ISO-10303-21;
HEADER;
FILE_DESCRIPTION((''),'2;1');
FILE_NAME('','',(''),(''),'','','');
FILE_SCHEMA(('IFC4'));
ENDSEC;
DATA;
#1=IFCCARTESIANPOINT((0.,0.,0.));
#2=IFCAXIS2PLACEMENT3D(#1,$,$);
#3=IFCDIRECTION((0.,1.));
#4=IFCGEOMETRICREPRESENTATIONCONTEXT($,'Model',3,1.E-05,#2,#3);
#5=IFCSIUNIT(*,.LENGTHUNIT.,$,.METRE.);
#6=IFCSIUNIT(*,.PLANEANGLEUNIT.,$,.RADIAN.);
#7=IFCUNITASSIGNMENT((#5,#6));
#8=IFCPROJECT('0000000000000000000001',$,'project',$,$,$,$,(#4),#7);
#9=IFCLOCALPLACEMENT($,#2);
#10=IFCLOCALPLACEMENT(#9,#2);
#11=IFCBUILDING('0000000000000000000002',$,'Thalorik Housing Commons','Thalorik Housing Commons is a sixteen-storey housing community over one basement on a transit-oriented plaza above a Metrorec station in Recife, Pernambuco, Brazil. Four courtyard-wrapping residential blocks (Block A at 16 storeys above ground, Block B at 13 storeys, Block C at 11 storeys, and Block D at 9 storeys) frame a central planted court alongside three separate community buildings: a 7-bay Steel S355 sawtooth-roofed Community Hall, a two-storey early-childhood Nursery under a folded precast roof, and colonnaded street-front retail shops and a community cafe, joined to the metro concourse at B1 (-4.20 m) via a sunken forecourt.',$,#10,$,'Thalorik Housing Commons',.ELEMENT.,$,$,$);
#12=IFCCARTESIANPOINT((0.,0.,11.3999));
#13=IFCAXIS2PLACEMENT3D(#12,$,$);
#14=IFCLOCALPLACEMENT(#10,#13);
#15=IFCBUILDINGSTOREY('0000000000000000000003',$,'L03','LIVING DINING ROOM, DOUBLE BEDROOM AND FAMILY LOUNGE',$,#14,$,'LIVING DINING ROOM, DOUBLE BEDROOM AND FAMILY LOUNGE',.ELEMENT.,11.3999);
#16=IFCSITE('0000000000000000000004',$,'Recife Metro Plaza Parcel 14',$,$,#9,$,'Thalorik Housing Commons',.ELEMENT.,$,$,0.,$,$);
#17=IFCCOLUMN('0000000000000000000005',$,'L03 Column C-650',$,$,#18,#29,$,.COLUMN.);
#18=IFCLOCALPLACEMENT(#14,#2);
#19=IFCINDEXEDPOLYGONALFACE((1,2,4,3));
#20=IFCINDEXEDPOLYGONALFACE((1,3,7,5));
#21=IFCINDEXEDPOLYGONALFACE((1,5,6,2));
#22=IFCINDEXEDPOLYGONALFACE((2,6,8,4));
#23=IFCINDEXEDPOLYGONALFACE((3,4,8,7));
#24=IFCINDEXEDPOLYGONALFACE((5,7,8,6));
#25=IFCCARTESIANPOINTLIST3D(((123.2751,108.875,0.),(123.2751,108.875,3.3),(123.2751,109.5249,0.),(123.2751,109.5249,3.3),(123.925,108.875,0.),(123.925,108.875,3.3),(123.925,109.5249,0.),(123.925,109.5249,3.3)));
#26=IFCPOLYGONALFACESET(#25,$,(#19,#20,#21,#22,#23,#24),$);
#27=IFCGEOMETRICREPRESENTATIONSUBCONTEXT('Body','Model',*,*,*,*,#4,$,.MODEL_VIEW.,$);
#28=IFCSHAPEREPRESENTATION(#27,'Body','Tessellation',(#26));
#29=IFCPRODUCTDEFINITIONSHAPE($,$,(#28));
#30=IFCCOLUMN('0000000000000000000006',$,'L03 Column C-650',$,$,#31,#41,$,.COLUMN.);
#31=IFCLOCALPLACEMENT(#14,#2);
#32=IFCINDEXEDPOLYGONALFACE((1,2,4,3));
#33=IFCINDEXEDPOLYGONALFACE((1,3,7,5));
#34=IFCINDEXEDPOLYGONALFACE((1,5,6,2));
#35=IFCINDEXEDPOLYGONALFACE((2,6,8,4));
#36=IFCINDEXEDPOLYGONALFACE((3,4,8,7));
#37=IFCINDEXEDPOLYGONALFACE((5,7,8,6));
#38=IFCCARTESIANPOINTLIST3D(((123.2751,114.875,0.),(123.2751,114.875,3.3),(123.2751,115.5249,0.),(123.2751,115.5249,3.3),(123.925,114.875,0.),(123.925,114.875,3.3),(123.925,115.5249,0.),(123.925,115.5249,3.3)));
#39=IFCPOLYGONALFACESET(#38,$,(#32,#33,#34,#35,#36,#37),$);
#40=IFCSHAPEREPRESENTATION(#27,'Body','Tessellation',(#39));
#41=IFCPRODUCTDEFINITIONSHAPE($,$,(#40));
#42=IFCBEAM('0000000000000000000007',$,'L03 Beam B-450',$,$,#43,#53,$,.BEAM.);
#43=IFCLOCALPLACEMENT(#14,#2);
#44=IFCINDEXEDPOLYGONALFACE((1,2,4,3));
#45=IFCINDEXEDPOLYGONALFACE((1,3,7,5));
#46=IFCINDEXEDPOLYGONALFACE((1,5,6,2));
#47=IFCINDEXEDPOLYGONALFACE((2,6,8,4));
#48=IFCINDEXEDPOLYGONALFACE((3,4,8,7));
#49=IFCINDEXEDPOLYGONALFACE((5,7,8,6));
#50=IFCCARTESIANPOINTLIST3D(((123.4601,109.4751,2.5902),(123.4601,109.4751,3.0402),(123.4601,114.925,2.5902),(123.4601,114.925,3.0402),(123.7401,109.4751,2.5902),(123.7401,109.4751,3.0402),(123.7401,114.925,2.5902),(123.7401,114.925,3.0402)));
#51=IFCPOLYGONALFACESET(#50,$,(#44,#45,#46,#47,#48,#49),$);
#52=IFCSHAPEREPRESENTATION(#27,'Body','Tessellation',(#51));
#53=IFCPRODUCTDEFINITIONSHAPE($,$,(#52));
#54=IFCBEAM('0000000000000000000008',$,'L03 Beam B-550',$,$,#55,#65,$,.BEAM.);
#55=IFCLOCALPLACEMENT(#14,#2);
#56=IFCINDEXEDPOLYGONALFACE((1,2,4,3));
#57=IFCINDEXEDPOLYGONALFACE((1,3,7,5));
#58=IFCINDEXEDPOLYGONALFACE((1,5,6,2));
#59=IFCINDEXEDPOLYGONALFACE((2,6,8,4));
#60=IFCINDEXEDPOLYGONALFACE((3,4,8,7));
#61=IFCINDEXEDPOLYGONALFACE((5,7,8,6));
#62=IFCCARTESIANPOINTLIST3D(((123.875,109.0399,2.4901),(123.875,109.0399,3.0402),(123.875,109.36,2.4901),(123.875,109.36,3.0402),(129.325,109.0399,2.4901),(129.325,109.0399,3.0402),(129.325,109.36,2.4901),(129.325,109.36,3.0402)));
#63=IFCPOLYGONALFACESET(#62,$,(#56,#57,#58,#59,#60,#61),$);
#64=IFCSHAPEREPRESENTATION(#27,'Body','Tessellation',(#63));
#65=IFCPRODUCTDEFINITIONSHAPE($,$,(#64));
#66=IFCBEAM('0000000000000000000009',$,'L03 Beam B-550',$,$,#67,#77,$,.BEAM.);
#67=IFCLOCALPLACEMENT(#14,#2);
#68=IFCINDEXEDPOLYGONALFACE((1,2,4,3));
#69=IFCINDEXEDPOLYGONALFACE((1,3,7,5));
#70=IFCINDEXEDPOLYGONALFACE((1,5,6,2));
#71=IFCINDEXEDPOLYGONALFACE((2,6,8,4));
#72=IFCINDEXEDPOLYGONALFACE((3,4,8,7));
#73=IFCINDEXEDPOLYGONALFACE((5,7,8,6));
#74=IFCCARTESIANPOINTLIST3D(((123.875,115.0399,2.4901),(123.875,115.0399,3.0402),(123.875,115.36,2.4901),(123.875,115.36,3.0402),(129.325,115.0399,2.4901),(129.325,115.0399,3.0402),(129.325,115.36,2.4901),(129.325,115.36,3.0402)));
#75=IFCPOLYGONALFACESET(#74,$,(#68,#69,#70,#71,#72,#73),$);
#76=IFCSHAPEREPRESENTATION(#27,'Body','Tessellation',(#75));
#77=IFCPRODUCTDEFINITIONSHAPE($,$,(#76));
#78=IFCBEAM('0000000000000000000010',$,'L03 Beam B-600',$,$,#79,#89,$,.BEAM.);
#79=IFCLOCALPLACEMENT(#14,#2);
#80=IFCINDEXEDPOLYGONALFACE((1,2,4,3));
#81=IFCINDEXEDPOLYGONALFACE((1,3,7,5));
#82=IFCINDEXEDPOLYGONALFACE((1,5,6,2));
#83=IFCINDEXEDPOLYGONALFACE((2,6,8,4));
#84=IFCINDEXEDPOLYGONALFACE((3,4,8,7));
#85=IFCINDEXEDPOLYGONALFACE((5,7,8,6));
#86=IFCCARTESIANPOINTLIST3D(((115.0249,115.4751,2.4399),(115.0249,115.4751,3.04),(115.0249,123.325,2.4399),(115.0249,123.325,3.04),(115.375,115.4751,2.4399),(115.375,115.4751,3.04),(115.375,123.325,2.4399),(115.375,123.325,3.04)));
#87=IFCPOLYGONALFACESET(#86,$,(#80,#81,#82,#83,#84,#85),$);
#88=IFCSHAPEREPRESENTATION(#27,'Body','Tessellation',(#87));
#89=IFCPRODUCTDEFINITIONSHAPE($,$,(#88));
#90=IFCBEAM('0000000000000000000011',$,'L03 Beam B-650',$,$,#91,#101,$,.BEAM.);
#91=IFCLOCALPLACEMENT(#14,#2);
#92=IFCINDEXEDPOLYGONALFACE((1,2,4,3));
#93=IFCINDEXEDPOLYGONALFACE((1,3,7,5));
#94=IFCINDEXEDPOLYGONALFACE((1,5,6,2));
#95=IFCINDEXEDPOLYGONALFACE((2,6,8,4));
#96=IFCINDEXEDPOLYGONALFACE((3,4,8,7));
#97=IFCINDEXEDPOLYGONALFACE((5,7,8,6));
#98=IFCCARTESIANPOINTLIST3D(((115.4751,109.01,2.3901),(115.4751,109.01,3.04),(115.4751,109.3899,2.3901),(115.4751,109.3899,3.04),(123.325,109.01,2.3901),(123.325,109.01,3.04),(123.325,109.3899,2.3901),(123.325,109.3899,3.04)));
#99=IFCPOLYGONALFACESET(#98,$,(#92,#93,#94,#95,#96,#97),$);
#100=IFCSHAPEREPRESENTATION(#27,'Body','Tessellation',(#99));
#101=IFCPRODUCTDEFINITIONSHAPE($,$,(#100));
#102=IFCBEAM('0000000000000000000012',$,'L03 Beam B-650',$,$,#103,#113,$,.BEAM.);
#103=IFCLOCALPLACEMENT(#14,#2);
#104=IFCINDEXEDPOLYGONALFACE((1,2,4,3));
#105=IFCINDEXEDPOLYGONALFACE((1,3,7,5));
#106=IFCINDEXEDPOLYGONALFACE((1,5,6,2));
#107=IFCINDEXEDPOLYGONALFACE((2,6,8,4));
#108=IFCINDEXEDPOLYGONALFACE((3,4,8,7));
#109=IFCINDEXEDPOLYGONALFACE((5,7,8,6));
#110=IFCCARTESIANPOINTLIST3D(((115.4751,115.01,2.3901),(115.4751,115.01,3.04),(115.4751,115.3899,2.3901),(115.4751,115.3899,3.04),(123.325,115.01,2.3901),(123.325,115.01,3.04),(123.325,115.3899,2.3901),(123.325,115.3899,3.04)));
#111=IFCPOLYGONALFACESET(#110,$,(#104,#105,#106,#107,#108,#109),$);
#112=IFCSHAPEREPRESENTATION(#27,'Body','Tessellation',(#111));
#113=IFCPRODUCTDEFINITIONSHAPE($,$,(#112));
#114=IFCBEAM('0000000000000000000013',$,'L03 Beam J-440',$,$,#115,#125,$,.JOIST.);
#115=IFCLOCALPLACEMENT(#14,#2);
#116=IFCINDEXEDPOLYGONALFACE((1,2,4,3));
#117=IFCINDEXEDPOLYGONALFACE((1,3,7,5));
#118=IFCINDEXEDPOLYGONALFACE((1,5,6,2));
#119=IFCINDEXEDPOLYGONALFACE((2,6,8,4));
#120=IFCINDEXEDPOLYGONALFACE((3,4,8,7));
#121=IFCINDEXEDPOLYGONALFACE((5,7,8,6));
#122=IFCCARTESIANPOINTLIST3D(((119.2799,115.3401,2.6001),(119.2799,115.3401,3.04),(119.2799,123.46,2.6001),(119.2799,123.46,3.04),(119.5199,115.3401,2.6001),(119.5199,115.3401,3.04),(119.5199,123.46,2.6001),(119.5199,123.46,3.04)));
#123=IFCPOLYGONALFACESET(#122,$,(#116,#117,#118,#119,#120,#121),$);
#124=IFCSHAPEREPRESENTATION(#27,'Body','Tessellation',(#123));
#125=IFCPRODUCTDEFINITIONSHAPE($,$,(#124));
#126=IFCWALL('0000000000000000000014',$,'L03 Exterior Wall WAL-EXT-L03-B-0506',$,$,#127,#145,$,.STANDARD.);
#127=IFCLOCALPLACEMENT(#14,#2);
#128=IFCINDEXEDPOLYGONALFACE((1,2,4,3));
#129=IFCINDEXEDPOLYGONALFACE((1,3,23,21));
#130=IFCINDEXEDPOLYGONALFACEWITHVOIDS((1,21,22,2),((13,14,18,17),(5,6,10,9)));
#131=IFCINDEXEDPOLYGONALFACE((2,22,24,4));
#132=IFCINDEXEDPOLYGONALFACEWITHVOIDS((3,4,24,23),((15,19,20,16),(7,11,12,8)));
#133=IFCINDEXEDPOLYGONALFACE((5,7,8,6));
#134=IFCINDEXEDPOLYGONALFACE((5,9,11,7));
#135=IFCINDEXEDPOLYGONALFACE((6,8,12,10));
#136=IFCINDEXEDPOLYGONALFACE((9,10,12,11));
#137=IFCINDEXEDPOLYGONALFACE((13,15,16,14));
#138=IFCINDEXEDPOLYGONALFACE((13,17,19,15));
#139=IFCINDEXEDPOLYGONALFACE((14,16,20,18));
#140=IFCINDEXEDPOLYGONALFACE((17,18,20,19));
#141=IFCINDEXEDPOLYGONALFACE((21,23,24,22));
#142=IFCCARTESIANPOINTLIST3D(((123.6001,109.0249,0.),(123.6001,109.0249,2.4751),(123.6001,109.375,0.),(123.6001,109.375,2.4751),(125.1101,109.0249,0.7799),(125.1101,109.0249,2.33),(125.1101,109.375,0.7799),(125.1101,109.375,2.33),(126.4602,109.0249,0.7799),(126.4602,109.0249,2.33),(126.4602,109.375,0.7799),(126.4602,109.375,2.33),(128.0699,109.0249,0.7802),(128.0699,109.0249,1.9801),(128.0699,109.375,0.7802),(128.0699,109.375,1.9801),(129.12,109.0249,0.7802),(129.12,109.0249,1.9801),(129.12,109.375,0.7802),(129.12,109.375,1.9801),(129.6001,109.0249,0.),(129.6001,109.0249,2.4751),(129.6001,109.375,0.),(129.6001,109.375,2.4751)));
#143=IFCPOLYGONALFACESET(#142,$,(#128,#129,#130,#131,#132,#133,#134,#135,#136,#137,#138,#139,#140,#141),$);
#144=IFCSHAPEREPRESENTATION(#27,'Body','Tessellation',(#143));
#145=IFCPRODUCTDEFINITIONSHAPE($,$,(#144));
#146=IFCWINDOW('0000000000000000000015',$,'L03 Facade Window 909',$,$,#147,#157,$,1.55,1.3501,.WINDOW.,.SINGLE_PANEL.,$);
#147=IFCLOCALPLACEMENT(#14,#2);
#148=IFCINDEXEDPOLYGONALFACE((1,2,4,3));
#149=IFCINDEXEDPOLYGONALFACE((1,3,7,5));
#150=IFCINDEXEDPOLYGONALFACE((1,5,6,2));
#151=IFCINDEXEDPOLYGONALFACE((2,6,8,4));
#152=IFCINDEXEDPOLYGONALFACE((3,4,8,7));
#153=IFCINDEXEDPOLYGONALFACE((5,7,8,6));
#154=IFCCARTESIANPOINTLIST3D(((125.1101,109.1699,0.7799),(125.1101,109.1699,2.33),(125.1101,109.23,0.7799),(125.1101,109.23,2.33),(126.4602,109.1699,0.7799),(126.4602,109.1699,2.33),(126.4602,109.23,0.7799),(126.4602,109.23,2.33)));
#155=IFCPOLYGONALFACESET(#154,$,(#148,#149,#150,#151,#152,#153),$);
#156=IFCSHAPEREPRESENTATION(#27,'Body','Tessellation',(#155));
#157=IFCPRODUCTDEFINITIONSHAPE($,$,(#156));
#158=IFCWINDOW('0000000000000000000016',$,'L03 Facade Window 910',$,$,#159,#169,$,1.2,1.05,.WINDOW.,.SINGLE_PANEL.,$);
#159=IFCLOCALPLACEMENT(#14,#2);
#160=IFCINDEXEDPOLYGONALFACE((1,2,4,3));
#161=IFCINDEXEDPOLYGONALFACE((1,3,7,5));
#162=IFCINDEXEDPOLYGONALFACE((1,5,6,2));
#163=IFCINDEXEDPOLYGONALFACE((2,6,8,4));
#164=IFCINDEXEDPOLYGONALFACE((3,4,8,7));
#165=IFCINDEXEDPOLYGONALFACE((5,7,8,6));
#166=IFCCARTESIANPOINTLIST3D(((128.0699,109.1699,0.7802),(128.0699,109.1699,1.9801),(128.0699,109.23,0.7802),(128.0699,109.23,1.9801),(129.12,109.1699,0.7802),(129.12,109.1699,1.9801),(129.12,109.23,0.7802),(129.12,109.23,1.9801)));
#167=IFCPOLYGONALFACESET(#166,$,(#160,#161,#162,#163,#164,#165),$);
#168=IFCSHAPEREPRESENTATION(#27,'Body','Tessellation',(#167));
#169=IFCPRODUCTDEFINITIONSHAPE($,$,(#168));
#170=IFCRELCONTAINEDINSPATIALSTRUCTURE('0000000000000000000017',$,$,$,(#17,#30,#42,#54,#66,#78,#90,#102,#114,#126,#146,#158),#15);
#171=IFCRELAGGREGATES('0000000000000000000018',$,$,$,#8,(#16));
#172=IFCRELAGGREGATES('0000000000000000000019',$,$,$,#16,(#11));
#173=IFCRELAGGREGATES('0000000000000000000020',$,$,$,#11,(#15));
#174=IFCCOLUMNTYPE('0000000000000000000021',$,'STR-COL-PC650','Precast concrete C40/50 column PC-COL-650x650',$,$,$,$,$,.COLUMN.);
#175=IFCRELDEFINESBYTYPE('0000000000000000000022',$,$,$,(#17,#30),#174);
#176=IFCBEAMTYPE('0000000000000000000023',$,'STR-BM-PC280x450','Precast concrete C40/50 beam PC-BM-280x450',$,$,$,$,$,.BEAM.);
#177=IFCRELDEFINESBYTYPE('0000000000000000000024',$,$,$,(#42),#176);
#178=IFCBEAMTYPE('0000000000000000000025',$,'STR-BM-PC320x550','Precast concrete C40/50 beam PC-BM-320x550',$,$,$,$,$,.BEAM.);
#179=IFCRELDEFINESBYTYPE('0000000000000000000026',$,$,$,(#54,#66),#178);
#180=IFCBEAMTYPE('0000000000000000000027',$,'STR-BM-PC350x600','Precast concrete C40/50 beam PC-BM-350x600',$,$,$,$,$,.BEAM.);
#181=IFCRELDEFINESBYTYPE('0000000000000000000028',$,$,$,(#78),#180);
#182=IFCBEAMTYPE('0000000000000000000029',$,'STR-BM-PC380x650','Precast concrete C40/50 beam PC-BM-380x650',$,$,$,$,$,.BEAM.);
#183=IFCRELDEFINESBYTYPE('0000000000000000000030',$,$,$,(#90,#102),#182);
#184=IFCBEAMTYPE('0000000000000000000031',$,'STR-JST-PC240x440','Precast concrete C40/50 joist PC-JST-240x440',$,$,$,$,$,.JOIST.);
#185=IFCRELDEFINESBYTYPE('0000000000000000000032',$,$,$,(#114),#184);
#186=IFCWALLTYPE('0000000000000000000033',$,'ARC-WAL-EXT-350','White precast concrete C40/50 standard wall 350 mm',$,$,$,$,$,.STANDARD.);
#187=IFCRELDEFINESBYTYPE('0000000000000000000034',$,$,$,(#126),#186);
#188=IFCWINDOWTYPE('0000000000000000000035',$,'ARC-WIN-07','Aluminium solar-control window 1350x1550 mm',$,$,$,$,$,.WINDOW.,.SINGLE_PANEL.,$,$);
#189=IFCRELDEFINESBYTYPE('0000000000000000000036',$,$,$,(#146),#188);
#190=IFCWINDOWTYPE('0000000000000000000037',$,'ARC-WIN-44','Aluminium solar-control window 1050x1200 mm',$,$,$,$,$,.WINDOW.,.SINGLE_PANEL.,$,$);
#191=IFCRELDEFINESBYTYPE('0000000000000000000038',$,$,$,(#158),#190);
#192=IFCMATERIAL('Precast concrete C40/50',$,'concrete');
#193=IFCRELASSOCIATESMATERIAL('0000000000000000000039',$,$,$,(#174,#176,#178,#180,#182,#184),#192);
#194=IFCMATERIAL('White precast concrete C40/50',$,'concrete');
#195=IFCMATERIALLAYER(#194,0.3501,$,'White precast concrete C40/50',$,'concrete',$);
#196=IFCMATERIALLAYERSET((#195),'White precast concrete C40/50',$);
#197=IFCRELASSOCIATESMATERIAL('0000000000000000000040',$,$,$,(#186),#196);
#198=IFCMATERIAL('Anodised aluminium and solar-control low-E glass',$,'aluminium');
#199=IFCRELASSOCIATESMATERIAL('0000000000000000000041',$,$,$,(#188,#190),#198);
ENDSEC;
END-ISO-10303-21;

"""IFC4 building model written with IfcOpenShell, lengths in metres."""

from ifc_helpers import new_model, si_unit, direction, frame, frame_2d, origin, origin_2d, place, context, subcontext, project, spatial, rectangle, extrude, material, layer, layer_set, material_profile, profile_set, type_object, element, fill, save


model = new_model("IFC4")

# Units and contexts
model_context = context("Model", 3, precision=1e-05, world=origin(), true_north=direction((0.0, 1.0)))
body_context = subcontext(model_context, "Body", "Model", "MODEL_VIEW")
ifc_project = project(units=[si_unit("LENGTHUNIT", "METRE"), si_unit("PLANEANGLEUNIT", "RADIAN")], contexts=[model_context])

# Site, building, storey
site_placement = place(None, origin())
site = spatial("IfcSite", under=ifc_project, at=site_placement, Name="Recife Metro Plaza Parcel 14", LongName="Thalorik Housing Commons", CompositionType="ELEMENT", RefElevation=0.0)
building_placement = place(site_placement, origin())
building = spatial("IfcBuilding", under=site, at=building_placement, Name="Thalorik Housing Commons", Description="Thalorik Housing Commons is a sixteen-storey housing community over one basement on a transit-oriented plaza above a Metrorec station in Recife, Pernambuco, Brazil. Four courtyard-wrapping residential blocks (Block A at 16 storeys above ground, Block B at 13 storeys, Block C at 11 storeys, and Block D at 9 storeys) frame a central planted court alongside three separate community buildings: a 7-bay Steel S355 sawtooth-roofed Community Hall, a two-storey early-childhood Nursery under a folded precast roof, and colonnaded street-front retail shops and a community cafe, joined to the metro concourse at B1 (-4.20 m) via a sunken forecourt.", LongName="Thalorik Housing Commons", CompositionType="ELEMENT")
storey_placement = place(building_placement, frame((0.0, 0.0, 11.3999)))
storey = spatial("IfcBuildingStorey", under=building, at=storey_placement, Name="L03", Description="LIVING DINING ROOM, DOUBLE BEDROOM AND FAMILY LOUNGE", LongName="LIVING DINING ROOM, DOUBLE BEDROOM AND FAMILY LOUNGE", CompositionType="ELEMENT", Elevation=11.3999)

# Columns
ifc_material_1 = material(Name="Precast concrete C40/50", Category="concrete")
ifc_material_profile_1 = material_profile(ifc_material_1, rectangle(XDim=0.6499, YDim=0.6499, at=origin_2d()), Name="PC 650x650", Category="concrete")
ifc_profile_set_1 = profile_set([ifc_material_profile_1], Name="Precast concrete C40/50")
column_type = type_object("IfcColumnType", Name="STR-COL-PC650", Description="Precast concrete C40/50 column PC-COL-650x650", PredefinedType="COLUMN", material=ifc_profile_set_1)
for number, where, z_axis, x_axis, name in (
    (1, (123.6001, 109.2, 0.0), (0.0, 0.0, 1.0), (1.0, 0.0, 0.0), "L03 Column C-650"),
    (2, (123.6001, 115.2, 0.0), (0.0, 0.0, 1.0), (1.0, 0.0, 0.0), "L03 Column C-650"),
):
    element("IfcColumn", number, at=place(storey_placement, frame(where, z_axis=z_axis, x_axis=x_axis)), inside=storey, type_object=column_type, Name=name, PredefinedType="COLUMN", context=body_context, shape_type="SweptSolid", body=[
        extrude(rectangle(XDim=0.6499, YDim=0.6499, at=origin_2d()), origin(), (0.0, 0.0, 1.0), 3.3),
    ])

# Beams
ifc_material_profile_2 = material_profile(ifc_material_1, rectangle(XDim=0.28, YDim=0.45, at=origin_2d()), Name="PC 280x450", Category="concrete")
ifc_profile_set_2 = profile_set([ifc_material_profile_2], Name="Precast concrete C40/50")
beam_type_1 = type_object("IfcBeamType", Name="STR-BM-PC280x450", Description="Precast concrete C40/50 beam PC-BM-280x450", PredefinedType="BEAM", material=ifc_profile_set_2)
beam_1_placement = place(storey_placement, frame((123.6001, 109.4751, 2.8152), z_axis=(0.0, 1.0, 0.0), x_axis=(-1.0, 0.0, 0.0)))
element("IfcBeam", 3, at=beam_1_placement, inside=storey, type_object=beam_type_1, Name="L03 Beam B-450", PredefinedType="BEAM", context=body_context, shape_type="SweptSolid", body=[
    extrude(rectangle(XDim=0.28, YDim=0.45, at=origin_2d()), origin(), (0.0, 0.0, 1.0), 5.45),
])
ifc_material_profile_3 = material_profile(ifc_material_1, rectangle(XDim=0.3201, YDim=0.55, at=origin_2d()), Name="PC 320x550", Category="concrete")
ifc_profile_set_3 = profile_set([ifc_material_profile_3], Name="Precast concrete C40/50")
beam_type_2 = type_object("IfcBeamType", Name="STR-BM-PC320x550", Description="Precast concrete C40/50 beam PC-BM-320x550", PredefinedType="BEAM", material=ifc_profile_set_3)
for number, where, z_axis, x_axis, name in (
    (4, (123.875, 109.2, 2.7651), (1.0, 0.0, 0.0), (0.0, 1.0, 0.0), "L03 Beam B-550"),
    (5, (123.875, 115.2, 2.7651), (1.0, 0.0, 0.0), (0.0, 1.0, 0.0), "L03 Beam B-550"),
):
    element("IfcBeam", number, at=place(storey_placement, frame(where, z_axis=z_axis, x_axis=x_axis)), inside=storey, type_object=beam_type_2, Name=name, PredefinedType="BEAM", context=body_context, shape_type="SweptSolid", body=[
        extrude(rectangle(XDim=0.3201, YDim=0.55, at=origin_2d()), origin(), (0.0, 0.0, 1.0), 5.45),
    ])
ifc_material_profile_4 = material_profile(ifc_material_1, rectangle(XDim=0.3501, YDim=0.6001, at=origin_2d()), Name="PC 350x600", Category="concrete")
ifc_profile_set_4 = profile_set([ifc_material_profile_4], Name="Precast concrete C40/50")
beam_type_3 = type_object("IfcBeamType", Name="STR-BM-PC350x600", Description="Precast concrete C40/50 beam PC-BM-350x600", PredefinedType="BEAM", material=ifc_profile_set_4)
beam_2_placement = place(storey_placement, frame((115.2, 115.4751, 2.74), z_axis=(0.0, 1.0, 0.0), x_axis=(-1.0, 0.0, 0.0)))
element("IfcBeam", 6, at=beam_2_placement, inside=storey, type_object=beam_type_3, Name="L03 Beam B-600", PredefinedType="BEAM", context=body_context, shape_type="SweptSolid", body=[
    extrude(rectangle(XDim=0.3501, YDim=0.6001, at=origin_2d()), origin(), (0.0, 0.0, 1.0), 7.8499),
])
ifc_material_profile_5 = material_profile(ifc_material_1, rectangle(XDim=0.3799, YDim=0.6499, at=origin_2d()), Name="PC 380x650", Category="concrete")
ifc_profile_set_5 = profile_set([ifc_material_profile_5], Name="Precast concrete C40/50")
beam_type_4 = type_object("IfcBeamType", Name="STR-BM-PC380x650", Description="Precast concrete C40/50 beam PC-BM-380x650", PredefinedType="BEAM", material=ifc_profile_set_5)
for number, where, z_axis, x_axis, name in (
    (7, (115.4751, 109.2, 2.7151), (1.0, 0.0, 0.0), (0.0, 1.0, 0.0), "L03 Beam B-650"),
    (8, (115.4751, 115.2, 2.7151), (1.0, 0.0, 0.0), (0.0, 1.0, 0.0), "L03 Beam B-650"),
):
    element("IfcBeam", number, at=place(storey_placement, frame(where, z_axis=z_axis, x_axis=x_axis)), inside=storey, type_object=beam_type_4, Name=name, PredefinedType="BEAM", context=body_context, shape_type="SweptSolid", body=[
        extrude(rectangle(XDim=0.3799, YDim=0.6499, at=origin_2d()), origin(), (0.0, 0.0, 1.0), 7.8499),
    ])
ifc_material_profile_6 = material_profile(ifc_material_1, rectangle(XDim=0.24, YDim=0.4399, at=origin_2d()), Name="PC JST 240x440", Category="concrete")
ifc_profile_set_6 = profile_set([ifc_material_profile_6], Name="Precast concrete C40/50")
beam_type_5 = type_object("IfcBeamType", Name="STR-JST-PC240x440", Description="Precast concrete C40/50 joist PC-JST-240x440", PredefinedType="JOIST", material=ifc_profile_set_6)
beam_3_placement = place(storey_placement, frame((119.3999, 115.3401, 2.8201), z_axis=(0.0, 1.0, 0.0), x_axis=(-1.0, 0.0, 0.0)))
element("IfcBeam", 9, at=beam_3_placement, inside=storey, type_object=beam_type_5, Name="L03 Beam J-440", PredefinedType="JOIST", context=body_context, shape_type="SweptSolid", body=[
    extrude(rectangle(XDim=0.24, YDim=0.4399, at=origin_2d()), origin(), (0.0, 0.0, 1.0), 8.1199),
])

# Wall, openings, windows
ifc_material_2 = material(Name="White precast concrete C40/50", Category="concrete")
ifc_layer_1 = layer(ifc_material_2, 0.3501, Name="White precast concrete C40/50", Category="concrete")
ifc_layer_set_1 = layer_set([ifc_layer_1], Name="White precast concrete C40/50")
wall_type_1 = type_object("IfcWallType", Name="ARC-WAL-EXT-350", Description="White precast concrete C40/50 standard wall 350 mm", PredefinedType="STANDARD", material=ifc_layer_set_1)
wall_1_placement = place(storey_placement, frame((123.6001, 109.2, 0.0), z_axis=(0.0, 0.0, 1.0), x_axis=(1.0, 0.0, 0.0)))
wall_1 = element("IfcWall", 10, at=wall_1_placement, inside=storey, type_object=wall_type_1, Name="L03 Exterior Wall WAL-EXT-L03-B-0506", PredefinedType="STANDARD", context=body_context, shape_type="SweptSolid", body=[
    extrude(rectangle(XDim=6.0, YDim=0.3501, at=frame_2d((3.0, 0.0))), origin(), (0.0, 0.0, 1.0), 2.4751),
])
opening_1_placement = place(wall_1_placement, frame((1.51, 0.0, 0.78)))
opening_1 = element("IfcOpeningElement", 11, at=opening_1_placement, cuts=wall_1, PredefinedType="OPENING", context=body_context, shape_type="SweptSolid", body=[
    extrude(rectangle(XDim=1.3501, YDim=1.55, at=frame_2d((0.675, 0.7749))), frame((0.0, 0.1851, 0.0), z_axis=(0.0, -1.0, 0.0), x_axis=(1.0, 0.0, 0.0)), (0.0, 0.0, 1.0), 0.3701),
])
opening_2_placement = place(wall_1_placement, frame((4.47, 0.0, 0.78)))
opening_2 = element("IfcOpeningElement", 12, at=opening_2_placement, cuts=wall_1, PredefinedType="OPENING", context=body_context, shape_type="SweptSolid", body=[
    extrude(rectangle(XDim=1.05, YDim=1.2, at=frame_2d((0.5249, 0.6001))), frame((0.0, 0.1851, 0.0), z_axis=(0.0, -1.0, 0.0), x_axis=(1.0, 0.0, 0.0)), (0.0, 0.0, 1.0), 0.3701),
])
ifc_material_3 = material(Name="Anodised aluminium and solar-control low-E glass", Category="aluminium")
window_type_1 = type_object("IfcWindowType", Name="ARC-WIN-07", Description="Aluminium solar-control window 1350x1550 mm", PartitioningType="SINGLE_PANEL", PredefinedType="WINDOW", material=ifc_material_3)
window_1_placement = place(opening_1_placement, origin())
window_1 = element("IfcWindow", 13, at=window_1_placement, inside=storey, type_object=window_type_1, Name="L03 Facade Window 909", OverallHeight=1.55, OverallWidth=1.3501, PartitioningType="SINGLE_PANEL", PredefinedType="WINDOW", context=body_context, shape_type="SweptSolid", body=[
    extrude(rectangle(XDim=1.3501, YDim=1.55, at=frame_2d((0.675, 0.7749))), frame((0.0, 0.03, 0.0), z_axis=(0.0, -1.0, 0.0), x_axis=(1.0, 0.0, 0.0)), (0.0, 0.0, 1.0), 0.0601),
])
fill(opening_1, window_1)
window_type_2 = type_object("IfcWindowType", Name="ARC-WIN-44", Description="Aluminium solar-control window 1050x1200 mm", PartitioningType="SINGLE_PANEL", PredefinedType="WINDOW", material=ifc_material_3)
window_2_placement = place(opening_2_placement, origin())
window_2 = element("IfcWindow", 14, at=window_2_placement, inside=storey, type_object=window_type_2, Name="L03 Facade Window 910", OverallHeight=1.2, OverallWidth=1.05, PartitioningType="SINGLE_PANEL", PredefinedType="WINDOW", context=body_context, shape_type="SweptSolid", body=[
    extrude(rectangle(XDim=1.05, YDim=1.2, at=frame_2d((0.5249, 0.6001))), frame((0.0, 0.03, 0.0), z_axis=(0.0, -1.0, 0.0), x_axis=(1.0, 0.0, 0.0)), (0.0, 0.0, 1.0), 0.0601),
])
fill(opening_2, window_2)

save(model, "model.ifc")
